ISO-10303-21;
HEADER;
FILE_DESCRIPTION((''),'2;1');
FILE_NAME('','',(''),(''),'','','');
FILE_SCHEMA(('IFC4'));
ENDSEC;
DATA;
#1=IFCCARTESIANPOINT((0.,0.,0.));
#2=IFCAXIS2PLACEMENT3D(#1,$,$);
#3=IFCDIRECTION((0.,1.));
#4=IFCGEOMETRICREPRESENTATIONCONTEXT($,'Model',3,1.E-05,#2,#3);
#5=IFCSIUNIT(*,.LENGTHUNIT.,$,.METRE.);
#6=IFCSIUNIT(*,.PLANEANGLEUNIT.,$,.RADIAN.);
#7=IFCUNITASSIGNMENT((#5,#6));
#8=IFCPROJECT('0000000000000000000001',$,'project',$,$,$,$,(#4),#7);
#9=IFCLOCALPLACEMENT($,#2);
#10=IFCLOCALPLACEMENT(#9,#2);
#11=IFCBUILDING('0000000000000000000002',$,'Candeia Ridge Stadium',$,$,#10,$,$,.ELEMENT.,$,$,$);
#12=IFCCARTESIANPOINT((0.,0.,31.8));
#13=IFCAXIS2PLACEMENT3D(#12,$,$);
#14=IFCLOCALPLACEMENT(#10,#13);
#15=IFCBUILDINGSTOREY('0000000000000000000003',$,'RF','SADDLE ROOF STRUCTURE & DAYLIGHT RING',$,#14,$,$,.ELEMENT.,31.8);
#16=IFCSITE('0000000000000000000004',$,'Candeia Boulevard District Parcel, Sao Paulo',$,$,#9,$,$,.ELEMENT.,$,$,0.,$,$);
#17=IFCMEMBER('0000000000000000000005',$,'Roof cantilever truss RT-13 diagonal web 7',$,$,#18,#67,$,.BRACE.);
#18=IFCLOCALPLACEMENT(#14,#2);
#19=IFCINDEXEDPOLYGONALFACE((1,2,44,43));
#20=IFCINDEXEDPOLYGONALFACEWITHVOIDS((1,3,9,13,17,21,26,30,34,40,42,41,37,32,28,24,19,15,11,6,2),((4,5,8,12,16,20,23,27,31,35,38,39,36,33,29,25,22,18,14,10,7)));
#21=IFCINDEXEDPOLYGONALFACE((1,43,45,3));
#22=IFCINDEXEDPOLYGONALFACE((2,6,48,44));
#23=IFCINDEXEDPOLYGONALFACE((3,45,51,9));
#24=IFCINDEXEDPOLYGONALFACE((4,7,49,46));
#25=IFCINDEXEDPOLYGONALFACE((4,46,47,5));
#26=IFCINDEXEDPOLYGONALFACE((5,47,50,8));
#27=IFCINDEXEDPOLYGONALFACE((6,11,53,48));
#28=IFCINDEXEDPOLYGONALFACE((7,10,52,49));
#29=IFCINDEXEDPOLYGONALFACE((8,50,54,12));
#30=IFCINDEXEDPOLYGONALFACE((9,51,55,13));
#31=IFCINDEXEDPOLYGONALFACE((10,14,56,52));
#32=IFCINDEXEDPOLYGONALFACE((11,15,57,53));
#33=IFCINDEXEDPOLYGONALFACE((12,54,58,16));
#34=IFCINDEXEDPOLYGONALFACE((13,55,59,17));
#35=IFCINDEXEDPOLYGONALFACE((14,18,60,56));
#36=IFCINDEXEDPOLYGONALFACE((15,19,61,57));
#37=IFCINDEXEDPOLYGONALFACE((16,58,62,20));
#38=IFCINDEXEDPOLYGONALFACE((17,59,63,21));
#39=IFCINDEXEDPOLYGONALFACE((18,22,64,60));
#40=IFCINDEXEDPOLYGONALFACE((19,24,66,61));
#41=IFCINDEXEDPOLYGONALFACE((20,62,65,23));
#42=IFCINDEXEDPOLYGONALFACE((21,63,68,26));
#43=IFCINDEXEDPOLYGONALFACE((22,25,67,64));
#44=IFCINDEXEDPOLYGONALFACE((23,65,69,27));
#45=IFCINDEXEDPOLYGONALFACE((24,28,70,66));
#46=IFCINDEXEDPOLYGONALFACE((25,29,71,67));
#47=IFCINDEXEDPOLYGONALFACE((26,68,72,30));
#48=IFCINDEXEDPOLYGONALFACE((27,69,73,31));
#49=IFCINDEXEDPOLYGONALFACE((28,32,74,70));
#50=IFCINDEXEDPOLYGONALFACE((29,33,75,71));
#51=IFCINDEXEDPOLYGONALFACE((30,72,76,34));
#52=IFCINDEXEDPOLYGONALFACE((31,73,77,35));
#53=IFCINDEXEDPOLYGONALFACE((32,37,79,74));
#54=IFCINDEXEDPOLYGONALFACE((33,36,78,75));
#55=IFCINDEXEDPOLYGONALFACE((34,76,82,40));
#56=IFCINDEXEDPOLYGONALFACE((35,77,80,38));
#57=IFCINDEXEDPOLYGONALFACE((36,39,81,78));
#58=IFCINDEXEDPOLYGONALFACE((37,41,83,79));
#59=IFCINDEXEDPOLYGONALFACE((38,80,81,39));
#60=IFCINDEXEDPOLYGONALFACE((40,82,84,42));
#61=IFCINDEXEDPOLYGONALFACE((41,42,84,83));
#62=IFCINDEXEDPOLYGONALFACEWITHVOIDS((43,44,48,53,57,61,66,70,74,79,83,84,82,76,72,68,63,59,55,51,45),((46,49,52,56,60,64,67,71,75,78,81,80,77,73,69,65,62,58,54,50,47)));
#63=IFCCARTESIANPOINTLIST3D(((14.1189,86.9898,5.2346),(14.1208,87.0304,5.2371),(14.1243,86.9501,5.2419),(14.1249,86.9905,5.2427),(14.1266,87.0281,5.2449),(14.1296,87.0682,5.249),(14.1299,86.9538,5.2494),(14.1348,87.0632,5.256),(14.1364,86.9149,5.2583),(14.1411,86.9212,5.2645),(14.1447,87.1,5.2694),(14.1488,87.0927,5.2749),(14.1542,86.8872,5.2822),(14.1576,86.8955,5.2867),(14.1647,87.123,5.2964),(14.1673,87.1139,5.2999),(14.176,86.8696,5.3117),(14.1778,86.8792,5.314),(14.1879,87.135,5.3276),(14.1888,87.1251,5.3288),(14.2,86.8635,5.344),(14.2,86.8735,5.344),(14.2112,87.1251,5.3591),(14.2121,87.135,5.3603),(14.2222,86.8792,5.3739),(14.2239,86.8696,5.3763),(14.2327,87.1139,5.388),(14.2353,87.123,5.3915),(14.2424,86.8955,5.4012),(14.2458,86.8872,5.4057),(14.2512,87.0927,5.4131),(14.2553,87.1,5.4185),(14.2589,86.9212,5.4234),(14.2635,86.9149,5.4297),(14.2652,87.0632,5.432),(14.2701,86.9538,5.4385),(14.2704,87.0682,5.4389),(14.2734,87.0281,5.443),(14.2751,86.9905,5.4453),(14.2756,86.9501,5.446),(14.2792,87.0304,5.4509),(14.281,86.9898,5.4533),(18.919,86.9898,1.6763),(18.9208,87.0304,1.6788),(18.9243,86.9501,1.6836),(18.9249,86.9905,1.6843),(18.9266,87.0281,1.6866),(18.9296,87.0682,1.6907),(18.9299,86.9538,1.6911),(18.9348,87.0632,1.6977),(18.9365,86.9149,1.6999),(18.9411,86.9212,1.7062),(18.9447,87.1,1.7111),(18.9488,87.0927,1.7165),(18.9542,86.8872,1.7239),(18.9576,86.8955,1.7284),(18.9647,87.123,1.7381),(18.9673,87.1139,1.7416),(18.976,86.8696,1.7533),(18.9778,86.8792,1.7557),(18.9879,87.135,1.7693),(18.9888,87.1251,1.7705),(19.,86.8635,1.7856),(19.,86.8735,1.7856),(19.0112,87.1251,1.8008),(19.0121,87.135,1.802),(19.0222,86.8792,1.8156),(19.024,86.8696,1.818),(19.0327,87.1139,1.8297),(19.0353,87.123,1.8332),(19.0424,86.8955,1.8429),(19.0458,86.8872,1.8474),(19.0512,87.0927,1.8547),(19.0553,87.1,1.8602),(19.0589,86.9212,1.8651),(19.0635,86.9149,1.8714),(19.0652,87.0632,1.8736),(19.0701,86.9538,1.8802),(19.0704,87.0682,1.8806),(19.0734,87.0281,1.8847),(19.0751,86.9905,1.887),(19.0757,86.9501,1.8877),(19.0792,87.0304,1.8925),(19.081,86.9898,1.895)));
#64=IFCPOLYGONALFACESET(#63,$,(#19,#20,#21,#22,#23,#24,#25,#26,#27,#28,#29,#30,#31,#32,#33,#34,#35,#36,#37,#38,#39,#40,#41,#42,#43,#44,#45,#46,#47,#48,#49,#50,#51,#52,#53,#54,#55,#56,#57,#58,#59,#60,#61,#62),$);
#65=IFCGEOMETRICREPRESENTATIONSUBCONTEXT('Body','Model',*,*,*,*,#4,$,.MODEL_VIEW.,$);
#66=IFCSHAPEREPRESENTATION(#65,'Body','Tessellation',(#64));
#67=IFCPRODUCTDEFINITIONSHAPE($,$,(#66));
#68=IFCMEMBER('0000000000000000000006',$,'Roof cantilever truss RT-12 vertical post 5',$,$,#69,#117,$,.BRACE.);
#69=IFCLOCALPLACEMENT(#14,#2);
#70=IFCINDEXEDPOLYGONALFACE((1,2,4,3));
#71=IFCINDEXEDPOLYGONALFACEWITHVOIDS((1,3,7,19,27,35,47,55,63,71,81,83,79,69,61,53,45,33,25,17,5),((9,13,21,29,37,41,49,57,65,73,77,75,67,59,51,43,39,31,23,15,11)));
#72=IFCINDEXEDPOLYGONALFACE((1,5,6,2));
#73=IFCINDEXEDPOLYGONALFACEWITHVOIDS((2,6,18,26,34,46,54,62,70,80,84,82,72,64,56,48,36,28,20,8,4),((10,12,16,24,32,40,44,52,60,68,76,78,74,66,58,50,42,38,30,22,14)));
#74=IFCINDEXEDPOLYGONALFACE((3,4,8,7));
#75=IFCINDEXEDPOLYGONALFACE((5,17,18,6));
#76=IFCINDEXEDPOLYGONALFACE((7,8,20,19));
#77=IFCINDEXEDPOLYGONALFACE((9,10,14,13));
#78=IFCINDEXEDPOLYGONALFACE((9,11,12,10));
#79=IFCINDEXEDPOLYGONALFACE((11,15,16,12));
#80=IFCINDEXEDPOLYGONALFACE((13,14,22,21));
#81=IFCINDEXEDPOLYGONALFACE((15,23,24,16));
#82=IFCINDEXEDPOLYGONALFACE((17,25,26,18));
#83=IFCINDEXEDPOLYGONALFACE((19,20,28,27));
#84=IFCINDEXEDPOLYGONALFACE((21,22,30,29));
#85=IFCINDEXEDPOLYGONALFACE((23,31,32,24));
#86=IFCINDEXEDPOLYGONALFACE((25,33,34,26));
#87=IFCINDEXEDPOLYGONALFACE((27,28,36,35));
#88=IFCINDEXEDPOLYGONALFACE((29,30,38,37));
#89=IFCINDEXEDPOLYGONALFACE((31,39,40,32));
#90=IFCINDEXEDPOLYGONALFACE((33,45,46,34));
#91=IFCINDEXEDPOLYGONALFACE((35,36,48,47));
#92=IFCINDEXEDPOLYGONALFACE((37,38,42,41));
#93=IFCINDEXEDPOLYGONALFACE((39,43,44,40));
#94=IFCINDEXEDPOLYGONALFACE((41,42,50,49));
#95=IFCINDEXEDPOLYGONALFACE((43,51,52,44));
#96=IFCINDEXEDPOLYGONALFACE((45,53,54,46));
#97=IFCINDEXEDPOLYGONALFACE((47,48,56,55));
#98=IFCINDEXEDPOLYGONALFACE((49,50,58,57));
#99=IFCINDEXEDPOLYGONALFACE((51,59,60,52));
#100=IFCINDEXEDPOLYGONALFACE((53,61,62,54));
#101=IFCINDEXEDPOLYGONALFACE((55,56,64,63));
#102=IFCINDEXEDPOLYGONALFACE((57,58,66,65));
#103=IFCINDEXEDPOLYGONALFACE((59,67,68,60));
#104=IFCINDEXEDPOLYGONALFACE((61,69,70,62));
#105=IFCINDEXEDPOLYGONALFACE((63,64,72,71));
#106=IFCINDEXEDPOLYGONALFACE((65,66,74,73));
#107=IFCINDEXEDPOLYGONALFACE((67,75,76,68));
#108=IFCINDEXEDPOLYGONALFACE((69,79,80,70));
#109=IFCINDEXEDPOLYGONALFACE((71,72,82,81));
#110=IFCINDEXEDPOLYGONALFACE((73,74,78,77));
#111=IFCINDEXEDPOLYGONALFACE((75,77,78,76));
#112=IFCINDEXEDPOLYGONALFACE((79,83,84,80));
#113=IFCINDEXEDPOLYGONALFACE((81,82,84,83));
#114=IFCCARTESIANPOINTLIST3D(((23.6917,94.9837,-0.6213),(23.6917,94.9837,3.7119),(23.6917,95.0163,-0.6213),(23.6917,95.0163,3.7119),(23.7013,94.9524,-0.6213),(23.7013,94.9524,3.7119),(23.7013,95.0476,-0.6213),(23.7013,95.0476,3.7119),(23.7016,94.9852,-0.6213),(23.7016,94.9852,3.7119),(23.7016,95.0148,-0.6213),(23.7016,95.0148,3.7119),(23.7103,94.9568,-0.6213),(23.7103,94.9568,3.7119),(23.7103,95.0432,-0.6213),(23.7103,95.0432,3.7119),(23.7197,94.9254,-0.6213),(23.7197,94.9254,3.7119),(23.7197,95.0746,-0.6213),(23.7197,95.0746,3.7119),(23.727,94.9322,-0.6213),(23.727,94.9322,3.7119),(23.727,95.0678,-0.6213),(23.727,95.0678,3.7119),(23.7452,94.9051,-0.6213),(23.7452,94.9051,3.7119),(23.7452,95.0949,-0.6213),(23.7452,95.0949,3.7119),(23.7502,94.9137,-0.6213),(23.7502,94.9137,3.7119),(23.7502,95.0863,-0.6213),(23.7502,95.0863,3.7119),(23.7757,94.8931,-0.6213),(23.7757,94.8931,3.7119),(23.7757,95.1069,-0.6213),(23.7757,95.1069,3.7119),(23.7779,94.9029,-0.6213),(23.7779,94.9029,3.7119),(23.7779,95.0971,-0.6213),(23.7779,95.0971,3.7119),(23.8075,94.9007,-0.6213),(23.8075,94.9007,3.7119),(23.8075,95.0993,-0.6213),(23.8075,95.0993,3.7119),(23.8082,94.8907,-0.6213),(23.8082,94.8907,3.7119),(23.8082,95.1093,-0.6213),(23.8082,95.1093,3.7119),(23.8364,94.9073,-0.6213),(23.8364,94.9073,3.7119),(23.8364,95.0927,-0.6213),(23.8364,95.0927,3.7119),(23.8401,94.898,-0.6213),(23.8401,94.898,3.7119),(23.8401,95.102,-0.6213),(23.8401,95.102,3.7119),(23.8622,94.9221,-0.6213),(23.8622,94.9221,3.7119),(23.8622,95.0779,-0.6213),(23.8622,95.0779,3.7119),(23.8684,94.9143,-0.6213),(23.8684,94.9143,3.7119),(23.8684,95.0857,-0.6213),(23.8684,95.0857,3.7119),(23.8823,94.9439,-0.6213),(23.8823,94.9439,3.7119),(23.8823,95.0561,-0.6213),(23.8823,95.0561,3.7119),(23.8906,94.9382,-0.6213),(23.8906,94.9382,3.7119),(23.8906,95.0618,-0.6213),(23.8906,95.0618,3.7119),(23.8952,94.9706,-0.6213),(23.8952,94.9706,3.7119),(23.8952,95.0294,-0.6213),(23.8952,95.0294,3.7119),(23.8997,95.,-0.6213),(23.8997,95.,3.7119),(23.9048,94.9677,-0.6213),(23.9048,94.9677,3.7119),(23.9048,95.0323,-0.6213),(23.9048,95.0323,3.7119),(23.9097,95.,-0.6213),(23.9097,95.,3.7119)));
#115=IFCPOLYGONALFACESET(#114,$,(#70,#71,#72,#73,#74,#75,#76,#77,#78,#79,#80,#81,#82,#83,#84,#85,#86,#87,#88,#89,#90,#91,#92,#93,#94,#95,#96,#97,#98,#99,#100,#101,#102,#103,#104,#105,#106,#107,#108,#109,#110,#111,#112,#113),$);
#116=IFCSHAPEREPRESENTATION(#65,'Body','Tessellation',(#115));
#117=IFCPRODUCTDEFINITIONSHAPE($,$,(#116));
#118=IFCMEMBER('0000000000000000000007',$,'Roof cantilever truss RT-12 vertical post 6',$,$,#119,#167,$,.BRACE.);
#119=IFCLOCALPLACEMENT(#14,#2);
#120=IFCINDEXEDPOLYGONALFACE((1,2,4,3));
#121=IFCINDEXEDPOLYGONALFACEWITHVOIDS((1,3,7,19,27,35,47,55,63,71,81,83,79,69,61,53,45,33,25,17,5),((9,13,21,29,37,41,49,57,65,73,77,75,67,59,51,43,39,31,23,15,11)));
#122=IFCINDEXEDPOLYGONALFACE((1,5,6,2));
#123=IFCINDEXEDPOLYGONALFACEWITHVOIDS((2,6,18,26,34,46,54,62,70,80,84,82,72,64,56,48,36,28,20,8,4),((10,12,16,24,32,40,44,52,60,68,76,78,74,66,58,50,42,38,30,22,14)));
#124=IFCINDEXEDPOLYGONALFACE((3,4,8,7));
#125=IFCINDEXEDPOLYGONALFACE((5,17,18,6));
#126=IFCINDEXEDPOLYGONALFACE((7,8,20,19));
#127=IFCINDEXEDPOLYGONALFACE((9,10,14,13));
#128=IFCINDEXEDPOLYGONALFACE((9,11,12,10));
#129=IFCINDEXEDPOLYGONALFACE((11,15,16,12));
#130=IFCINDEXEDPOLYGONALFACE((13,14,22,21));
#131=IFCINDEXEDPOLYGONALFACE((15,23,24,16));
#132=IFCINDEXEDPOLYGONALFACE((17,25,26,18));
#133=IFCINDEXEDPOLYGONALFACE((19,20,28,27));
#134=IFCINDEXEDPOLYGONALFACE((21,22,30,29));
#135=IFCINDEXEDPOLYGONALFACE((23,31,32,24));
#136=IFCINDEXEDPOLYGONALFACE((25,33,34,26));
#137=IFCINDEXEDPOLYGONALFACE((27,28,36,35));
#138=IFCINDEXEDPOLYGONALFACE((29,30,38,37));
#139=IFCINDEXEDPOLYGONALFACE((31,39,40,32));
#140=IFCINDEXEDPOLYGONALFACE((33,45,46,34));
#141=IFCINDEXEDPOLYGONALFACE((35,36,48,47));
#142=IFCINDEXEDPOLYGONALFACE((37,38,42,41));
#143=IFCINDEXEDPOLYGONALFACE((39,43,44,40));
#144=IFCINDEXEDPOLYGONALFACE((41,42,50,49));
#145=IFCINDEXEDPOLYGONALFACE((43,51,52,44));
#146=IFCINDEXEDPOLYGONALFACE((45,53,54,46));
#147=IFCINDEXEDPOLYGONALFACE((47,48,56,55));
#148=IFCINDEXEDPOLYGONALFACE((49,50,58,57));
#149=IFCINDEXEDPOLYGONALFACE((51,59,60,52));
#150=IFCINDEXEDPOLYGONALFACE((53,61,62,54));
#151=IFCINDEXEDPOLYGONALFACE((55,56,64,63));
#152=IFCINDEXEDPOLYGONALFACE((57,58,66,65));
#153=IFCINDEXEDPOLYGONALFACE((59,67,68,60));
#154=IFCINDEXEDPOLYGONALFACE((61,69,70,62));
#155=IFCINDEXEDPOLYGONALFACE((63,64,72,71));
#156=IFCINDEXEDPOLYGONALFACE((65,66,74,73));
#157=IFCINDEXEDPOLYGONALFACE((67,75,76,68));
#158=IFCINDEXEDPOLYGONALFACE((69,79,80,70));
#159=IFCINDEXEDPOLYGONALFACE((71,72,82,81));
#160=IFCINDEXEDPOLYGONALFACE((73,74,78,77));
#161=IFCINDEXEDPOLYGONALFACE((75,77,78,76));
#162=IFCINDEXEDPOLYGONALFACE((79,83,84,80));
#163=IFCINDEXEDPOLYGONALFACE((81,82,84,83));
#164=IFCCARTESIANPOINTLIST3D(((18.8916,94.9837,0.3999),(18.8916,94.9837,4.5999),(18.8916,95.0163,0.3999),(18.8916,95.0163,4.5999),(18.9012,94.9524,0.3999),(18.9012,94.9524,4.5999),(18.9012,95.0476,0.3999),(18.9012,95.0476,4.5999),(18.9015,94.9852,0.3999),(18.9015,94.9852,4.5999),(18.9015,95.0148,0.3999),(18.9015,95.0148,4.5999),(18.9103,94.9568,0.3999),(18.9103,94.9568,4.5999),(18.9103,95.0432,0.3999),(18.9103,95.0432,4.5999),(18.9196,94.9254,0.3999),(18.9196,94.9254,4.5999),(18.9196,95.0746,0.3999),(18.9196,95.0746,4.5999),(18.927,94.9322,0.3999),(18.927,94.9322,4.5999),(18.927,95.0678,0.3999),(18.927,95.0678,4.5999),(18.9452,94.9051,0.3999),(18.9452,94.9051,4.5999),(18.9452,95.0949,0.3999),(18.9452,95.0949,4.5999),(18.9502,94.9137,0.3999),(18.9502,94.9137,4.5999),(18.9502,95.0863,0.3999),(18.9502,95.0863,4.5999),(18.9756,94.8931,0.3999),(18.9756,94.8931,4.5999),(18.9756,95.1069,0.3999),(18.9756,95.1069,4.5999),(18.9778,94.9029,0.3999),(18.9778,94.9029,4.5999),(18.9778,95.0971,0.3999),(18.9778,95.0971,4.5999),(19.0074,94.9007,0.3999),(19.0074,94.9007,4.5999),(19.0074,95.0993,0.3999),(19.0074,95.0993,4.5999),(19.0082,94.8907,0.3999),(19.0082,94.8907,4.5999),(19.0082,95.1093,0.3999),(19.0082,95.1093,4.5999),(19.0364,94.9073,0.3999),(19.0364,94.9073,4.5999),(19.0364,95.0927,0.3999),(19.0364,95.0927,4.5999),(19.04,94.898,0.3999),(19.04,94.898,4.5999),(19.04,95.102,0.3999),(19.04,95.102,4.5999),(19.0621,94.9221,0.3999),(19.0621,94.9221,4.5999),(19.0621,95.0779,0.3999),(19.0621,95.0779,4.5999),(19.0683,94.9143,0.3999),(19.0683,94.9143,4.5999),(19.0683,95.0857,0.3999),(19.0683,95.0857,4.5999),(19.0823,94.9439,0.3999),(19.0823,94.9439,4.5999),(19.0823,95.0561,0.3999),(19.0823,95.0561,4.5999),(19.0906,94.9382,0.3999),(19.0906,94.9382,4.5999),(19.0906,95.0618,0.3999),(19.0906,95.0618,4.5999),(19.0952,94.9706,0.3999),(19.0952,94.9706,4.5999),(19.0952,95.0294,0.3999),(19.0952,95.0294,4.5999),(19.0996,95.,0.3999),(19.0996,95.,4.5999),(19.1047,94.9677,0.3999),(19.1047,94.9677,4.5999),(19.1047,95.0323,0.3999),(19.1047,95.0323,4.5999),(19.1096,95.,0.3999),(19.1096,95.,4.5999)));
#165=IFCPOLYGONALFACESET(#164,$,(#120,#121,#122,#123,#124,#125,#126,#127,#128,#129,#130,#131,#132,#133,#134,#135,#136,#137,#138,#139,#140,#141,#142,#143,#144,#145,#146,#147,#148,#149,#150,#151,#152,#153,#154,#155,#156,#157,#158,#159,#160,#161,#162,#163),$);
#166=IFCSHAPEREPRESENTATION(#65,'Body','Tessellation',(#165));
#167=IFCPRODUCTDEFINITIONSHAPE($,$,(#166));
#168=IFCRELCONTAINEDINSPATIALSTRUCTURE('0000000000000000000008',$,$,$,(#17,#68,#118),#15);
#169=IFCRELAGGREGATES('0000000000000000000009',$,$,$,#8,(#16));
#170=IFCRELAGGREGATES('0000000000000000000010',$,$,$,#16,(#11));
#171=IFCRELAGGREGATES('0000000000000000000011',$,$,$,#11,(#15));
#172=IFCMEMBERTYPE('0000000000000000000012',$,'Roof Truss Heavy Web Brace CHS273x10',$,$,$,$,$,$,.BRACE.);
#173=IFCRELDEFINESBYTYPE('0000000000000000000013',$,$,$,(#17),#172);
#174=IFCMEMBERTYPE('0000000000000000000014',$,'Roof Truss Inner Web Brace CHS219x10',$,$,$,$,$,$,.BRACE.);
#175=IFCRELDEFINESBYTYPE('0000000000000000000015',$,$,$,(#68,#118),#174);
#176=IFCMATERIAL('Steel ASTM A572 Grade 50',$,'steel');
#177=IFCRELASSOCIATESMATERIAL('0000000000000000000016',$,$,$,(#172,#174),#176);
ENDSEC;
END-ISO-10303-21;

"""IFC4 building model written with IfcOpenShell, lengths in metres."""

from ifc_helpers import new_model, si_unit, direction, frame, origin, origin_2d, place, context, subcontext, project, spatial, hollow_circle, extrude, material, material_profile, profile_set, type_object, element, save


model = new_model("IFC4")

# Units and contexts
model_context = context("Model", 3, precision=1e-05, world=origin(), true_north=direction((0.0, 1.0)))
body_context = subcontext(model_context, "Body", "Model", "MODEL_VIEW")
ifc_project = project(units=[si_unit("LENGTHUNIT", "METRE"), si_unit("PLANEANGLEUNIT", "RADIAN")], contexts=[model_context])

# Site, building, storey
site_placement = place(None, origin())
site = spatial("IfcSite", under=ifc_project, at=site_placement, Name="Candeia Boulevard District Parcel, Sao Paulo", CompositionType="ELEMENT", RefElevation=0.0)
building_placement = place(site_placement, origin())
building = spatial("IfcBuilding", under=site, at=building_placement, Name="Candeia Ridge Stadium", CompositionType="ELEMENT")
storey_placement = place(building_placement, frame((0.0, 0.0, 31.8)))
storey = spatial("IfcBuildingStorey", under=building, at=storey_placement, Name="RF", Description="SADDLE ROOF STRUCTURE & DAYLIGHT RING", CompositionType="ELEMENT", Elevation=31.8)

# Shared definitions
ifc_material_1 = material(Name="Steel ASTM A572 Grade 50", Category="steel")

# Members
ifc_material_profile_1 = material_profile(ifc_material_1, hollow_circle(Radius=0.1365, WallThickness=0.01, at=origin_2d()), Name="CHS273x10", Category="steel")
ifc_profile_set_1 = profile_set([ifc_material_profile_1], Name="Steel ASTM A572 Grade 50")
member_type_1 = type_object("IfcMemberType", Name="Roof Truss Heavy Web Brace CHS273x10", PredefinedType="BRACE", material=ifc_profile_set_1)
member_1_placement = place(storey_placement, frame((19.0, 87.0, 1.7856), z_axis=(-0.803336, 0.0, 0.595526), x_axis=(0.0, -1.0, 0.0)))
element("IfcMember", 1, at=member_1_placement, inside=storey, type_object=member_type_1, Name="Roof cantilever truss RT-13 diagonal web 7", PredefinedType="BRACE", context=body_context, shape_type="SweptSolid", body=[
    extrude(hollow_circle(Radius=0.1365, WallThickness=0.01, at=origin_2d()), origin(), (0.0, 0.0, 1.0), 5.9751),
])
ifc_material_profile_2 = material_profile(ifc_material_1, hollow_circle(Radius=0.1096, WallThickness=0.01, at=origin_2d()), Name="CHS219x10", Category="steel")
ifc_profile_set_2 = profile_set([ifc_material_profile_2], Name="Steel ASTM A572 Grade 50")
member_type_2 = type_object("IfcMemberType", Name="Roof Truss Inner Web Brace CHS219x10", PredefinedType="BRACE", material=ifc_profile_set_2)
member_2_placement = place(storey_placement, frame((23.8, 95.0, -0.6213), z_axis=(0.0, 0.0, 1.0), x_axis=(1.0, 0.0, 0.0)))
element("IfcMember", 2, at=member_2_placement, inside=storey, type_object=member_type_2, Name="Roof cantilever truss RT-12 vertical post 5", PredefinedType="BRACE", context=body_context, shape_type="SweptSolid", body=[
    extrude(hollow_circle(Radius=0.1096, WallThickness=0.01, at=origin_2d()), origin(), (0.0, 0.0, 1.0), 4.3333),
])
member_3_placement = place(storey_placement, frame((19.0, 95.0, 0.3999), z_axis=(0.0, 0.0, 1.0), x_axis=(1.0, 0.0, 0.0)))
element("IfcMember", 3, at=member_3_placement, inside=storey, type_object=member_type_2, Name="Roof cantilever truss RT-12 vertical post 6", PredefinedType="BRACE", context=body_context, shape_type="SweptSolid", body=[
    extrude(hollow_circle(Radius=0.1096, WallThickness=0.01, at=origin_2d()), origin(), (0.0, 0.0, 1.0), 4.2),
])

save(model, "model.ifc")
